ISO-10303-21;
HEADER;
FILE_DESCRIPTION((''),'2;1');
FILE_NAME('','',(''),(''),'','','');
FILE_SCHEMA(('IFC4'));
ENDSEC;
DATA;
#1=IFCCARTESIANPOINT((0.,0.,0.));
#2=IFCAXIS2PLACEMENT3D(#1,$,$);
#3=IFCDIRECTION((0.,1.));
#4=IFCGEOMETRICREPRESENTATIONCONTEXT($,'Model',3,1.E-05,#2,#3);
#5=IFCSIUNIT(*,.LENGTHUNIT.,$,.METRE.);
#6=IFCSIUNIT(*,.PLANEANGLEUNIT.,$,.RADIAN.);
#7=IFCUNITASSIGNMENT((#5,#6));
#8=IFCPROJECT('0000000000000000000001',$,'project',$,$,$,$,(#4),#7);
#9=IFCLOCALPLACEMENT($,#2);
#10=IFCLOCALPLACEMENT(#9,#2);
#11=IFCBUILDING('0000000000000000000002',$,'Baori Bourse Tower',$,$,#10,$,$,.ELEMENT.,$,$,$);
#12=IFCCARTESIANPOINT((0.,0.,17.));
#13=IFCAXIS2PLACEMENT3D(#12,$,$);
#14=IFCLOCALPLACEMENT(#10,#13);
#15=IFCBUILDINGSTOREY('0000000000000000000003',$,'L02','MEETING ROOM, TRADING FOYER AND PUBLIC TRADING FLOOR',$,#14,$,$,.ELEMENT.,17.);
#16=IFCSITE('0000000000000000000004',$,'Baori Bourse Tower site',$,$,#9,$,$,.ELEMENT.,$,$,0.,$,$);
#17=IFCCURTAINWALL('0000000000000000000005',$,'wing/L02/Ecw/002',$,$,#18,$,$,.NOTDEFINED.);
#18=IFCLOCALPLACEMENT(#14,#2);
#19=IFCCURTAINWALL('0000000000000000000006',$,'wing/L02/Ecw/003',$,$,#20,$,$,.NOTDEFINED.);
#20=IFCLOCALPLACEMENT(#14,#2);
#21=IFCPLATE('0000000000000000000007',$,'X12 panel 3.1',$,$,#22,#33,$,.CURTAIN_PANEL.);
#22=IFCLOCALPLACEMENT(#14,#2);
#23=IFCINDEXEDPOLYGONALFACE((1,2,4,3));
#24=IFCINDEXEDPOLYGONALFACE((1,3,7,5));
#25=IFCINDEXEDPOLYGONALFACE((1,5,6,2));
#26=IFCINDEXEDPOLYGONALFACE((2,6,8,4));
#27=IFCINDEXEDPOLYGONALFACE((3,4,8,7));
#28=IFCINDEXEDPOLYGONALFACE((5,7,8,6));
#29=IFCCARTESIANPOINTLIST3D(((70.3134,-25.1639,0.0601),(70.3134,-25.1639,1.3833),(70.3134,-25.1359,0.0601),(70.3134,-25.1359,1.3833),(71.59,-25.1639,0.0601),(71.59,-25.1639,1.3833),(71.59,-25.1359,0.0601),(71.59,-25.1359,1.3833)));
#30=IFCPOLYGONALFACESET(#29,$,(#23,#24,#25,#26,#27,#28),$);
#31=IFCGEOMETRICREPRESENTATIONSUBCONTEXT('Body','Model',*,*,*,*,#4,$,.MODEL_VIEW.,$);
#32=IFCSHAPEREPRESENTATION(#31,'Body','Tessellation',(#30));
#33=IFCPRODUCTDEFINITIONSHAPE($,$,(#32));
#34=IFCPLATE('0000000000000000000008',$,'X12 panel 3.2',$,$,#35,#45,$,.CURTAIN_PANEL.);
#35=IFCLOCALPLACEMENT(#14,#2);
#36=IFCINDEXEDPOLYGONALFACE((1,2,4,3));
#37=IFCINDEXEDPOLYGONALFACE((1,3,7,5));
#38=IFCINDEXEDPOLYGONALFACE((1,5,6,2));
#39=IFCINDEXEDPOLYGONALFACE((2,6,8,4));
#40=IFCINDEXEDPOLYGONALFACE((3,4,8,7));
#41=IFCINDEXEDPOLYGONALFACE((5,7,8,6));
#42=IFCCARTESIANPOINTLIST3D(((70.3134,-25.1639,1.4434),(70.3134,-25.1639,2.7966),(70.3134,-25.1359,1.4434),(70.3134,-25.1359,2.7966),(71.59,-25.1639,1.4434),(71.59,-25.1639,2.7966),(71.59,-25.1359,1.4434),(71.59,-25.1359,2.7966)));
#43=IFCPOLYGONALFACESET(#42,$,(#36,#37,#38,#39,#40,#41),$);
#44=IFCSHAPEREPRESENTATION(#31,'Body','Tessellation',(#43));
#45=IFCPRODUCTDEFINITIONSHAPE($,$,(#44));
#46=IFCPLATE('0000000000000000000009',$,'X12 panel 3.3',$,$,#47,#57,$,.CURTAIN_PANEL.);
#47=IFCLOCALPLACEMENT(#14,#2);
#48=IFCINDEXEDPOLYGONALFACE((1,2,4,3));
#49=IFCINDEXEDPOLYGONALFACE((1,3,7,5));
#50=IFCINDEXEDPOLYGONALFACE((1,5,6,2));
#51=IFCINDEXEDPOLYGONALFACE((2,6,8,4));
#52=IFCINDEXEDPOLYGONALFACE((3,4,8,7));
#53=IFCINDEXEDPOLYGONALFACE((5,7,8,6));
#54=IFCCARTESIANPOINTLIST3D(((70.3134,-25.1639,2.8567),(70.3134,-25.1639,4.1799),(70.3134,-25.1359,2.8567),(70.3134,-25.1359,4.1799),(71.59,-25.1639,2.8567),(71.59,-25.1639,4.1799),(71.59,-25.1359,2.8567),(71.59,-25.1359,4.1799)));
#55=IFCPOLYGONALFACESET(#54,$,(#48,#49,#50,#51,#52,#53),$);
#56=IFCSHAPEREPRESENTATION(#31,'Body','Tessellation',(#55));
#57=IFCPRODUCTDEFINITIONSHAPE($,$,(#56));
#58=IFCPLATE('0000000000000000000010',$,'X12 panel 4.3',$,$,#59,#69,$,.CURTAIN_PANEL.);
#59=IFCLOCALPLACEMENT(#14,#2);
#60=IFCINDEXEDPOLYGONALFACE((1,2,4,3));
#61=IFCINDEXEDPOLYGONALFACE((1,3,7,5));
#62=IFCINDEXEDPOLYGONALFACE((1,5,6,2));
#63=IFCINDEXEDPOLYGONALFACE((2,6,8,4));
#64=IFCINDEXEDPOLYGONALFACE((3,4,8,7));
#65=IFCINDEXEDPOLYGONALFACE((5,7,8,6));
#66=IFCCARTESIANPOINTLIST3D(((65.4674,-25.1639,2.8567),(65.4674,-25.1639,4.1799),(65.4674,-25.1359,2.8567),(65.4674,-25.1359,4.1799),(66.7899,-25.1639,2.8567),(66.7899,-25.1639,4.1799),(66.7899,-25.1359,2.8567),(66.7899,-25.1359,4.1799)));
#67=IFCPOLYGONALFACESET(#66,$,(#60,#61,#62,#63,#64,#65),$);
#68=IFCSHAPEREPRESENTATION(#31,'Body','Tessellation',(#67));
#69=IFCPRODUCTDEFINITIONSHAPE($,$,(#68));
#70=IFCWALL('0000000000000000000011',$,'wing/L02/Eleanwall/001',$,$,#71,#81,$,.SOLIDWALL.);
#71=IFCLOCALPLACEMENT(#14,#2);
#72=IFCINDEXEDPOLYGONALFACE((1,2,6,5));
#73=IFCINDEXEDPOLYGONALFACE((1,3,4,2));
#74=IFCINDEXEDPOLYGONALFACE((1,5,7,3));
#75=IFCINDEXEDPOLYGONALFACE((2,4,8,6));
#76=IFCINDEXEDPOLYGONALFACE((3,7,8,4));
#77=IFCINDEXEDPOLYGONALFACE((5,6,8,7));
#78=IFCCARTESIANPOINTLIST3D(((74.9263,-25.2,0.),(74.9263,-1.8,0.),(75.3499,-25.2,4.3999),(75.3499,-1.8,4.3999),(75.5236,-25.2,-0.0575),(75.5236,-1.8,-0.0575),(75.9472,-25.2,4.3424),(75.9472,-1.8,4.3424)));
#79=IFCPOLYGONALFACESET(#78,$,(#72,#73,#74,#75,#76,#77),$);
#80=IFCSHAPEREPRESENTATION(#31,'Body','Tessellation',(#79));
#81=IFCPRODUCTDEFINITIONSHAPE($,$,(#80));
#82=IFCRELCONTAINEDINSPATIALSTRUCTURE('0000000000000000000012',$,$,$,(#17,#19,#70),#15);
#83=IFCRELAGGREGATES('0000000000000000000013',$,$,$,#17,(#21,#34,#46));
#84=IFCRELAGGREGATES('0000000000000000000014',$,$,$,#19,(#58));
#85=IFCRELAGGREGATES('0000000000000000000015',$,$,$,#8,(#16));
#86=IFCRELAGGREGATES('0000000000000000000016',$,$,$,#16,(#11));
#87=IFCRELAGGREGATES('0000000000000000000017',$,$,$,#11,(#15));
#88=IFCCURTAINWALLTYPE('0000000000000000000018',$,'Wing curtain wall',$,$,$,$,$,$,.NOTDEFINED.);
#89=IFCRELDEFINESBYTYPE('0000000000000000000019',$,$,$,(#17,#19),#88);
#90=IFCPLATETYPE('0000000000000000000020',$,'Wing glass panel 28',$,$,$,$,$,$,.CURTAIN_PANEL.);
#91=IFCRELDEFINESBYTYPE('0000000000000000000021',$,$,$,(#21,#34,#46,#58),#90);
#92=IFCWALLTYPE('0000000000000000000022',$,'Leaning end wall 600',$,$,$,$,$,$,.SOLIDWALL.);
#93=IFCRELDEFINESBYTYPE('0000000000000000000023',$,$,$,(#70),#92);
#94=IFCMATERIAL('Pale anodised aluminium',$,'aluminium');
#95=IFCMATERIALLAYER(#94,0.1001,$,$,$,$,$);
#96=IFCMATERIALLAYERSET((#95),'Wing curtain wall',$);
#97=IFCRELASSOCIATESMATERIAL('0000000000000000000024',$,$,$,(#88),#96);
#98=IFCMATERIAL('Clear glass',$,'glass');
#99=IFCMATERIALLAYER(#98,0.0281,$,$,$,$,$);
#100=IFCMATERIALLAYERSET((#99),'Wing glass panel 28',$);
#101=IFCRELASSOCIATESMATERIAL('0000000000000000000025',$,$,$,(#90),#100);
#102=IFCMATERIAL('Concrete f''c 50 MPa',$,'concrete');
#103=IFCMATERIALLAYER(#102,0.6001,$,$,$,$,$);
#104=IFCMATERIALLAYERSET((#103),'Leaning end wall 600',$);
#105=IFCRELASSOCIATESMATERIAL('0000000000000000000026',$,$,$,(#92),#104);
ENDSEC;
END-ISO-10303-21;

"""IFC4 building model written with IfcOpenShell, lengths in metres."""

from ifc_helpers import new_model, si_unit, direction, frame, origin, origin_2d, place, context, subcontext, project, spatial, polyline, rectangle, outline, extrude, material, layer, layer_set, type_object, element, aggregate, save


model = new_model("IFC4")

# Units and contexts
model_context = context("Model", 3, precision=1e-05, world=origin(), true_north=direction((0.0, 1.0)))
body_context = subcontext(model_context, "Body", "Model", "MODEL_VIEW")
ifc_project = project(units=[si_unit("LENGTHUNIT", "METRE"), si_unit("PLANEANGLEUNIT", "RADIAN")], contexts=[model_context])

# Site, building, storey
site_placement = place(None, origin())
site = spatial("IfcSite", under=ifc_project, at=site_placement, Name="Baori Bourse Tower site", CompositionType="ELEMENT", RefElevation=0.0)
building_placement = place(site_placement, origin())
building = spatial("IfcBuilding", under=site, at=building_placement, Name="Baori Bourse Tower", CompositionType="ELEMENT")
storey_placement = place(building_placement, frame((0.0, 0.0, 17.0)))
storey = spatial("IfcBuildingStorey", under=building, at=storey_placement, Name="L02", Description="MEETING ROOM, TRADING FOYER AND PUBLIC TRADING FLOOR", CompositionType="ELEMENT", Elevation=17.0)

# Curtain wall
ifc_material_1 = material(Name="Pale anodised aluminium", Category="aluminium")
ifc_layer_1 = layer(ifc_material_1, 0.1001)
ifc_layer_set_1 = layer_set([ifc_layer_1], Name="Wing curtain wall")
curtain_wall_type = type_object("IfcCurtainWallType", Name="Wing curtain wall", PredefinedType="NOTDEFINED", material=ifc_layer_set_1)
curtain_wall_1_placement = place(storey_placement, origin())
curtain_wall_1 = element("IfcCurtainWall", 1, at=curtain_wall_1_placement, inside=storey, type_object=curtain_wall_type, Name="wing/L02/Ecw/002", PredefinedType="NOTDEFINED")

# Curtain wall
curtain_wall_2_placement = place(storey_placement, origin())
curtain_wall_2 = element("IfcCurtainWall", 2, at=curtain_wall_2_placement, inside=storey, type_object=curtain_wall_type, Name="wing/L02/Ecw/003", PredefinedType="NOTDEFINED")

# Plates
ifc_material_2 = material(Name="Clear glass", Category="glass")
ifc_layer_2 = layer(ifc_material_2, 0.0281)
ifc_layer_set_2 = layer_set([ifc_layer_2], Name="Wing glass panel 28")
plate_type = type_object("IfcPlateType", Name="Wing glass panel 28", PredefinedType="CURTAIN_PANEL", material=ifc_layer_set_2)
plate_1_placement = place(storey_placement, frame((70.9517, -25.1499, 0.0601), z_axis=(0.0, 0.0, 1.0), x_axis=(1.0, 0.0, 0.0)))
plate_1 = element("IfcPlate", 3, at=plate_1_placement, type_object=plate_type, Name="X12 panel 3.1", PredefinedType="CURTAIN_PANEL", context=body_context, shape_type="SweptSolid", body=[
    extrude(rectangle(XDim=1.2766, YDim=0.0281, at=origin_2d()), origin(), (0.0, 0.0, 1.0), 1.3232),
])
plate_2_placement = place(storey_placement, frame((70.9517, -25.1499, 1.4434), z_axis=(0.0, 0.0, 1.0), x_axis=(1.0, 0.0, 0.0)))
plate_2 = element("IfcPlate", 4, at=plate_2_placement, type_object=plate_type, Name="X12 panel 3.2", PredefinedType="CURTAIN_PANEL", context=body_context, shape_type="SweptSolid", body=[
    extrude(rectangle(XDim=1.2766, YDim=0.0281, at=origin_2d()), origin(), (0.0, 0.0, 1.0), 1.3533),
])
plate_3_placement = place(storey_placement, frame((70.9517, -25.1499, 2.8567), z_axis=(0.0, 0.0, 1.0), x_axis=(1.0, 0.0, 0.0)))
plate_3 = element("IfcPlate", 5, at=plate_3_placement, type_object=plate_type, Name="X12 panel 3.3", PredefinedType="CURTAIN_PANEL", context=body_context, shape_type="SweptSolid", body=[
    extrude(rectangle(XDim=1.2766, YDim=0.0281, at=origin_2d()), origin(), (0.0, 0.0, 1.0), 1.3232),
])
aggregate(curtain_wall_1, [plate_1, plate_2, plate_3])
plate_4_placement = place(storey_placement, frame((66.1287, -25.1499, 2.8567), z_axis=(0.0, 0.0, 1.0), x_axis=(1.0, 0.0, 0.0)))
plate_4 = element("IfcPlate", 6, at=plate_4_placement, type_object=plate_type, Name="X12 panel 4.3", PredefinedType="CURTAIN_PANEL", context=body_context, shape_type="SweptSolid", body=[
    extrude(rectangle(XDim=1.3225, YDim=0.0281, at=origin_2d()), origin(), (0.0, 0.0, 1.0), 1.3232),
])
aggregate(curtain_wall_2, [plate_4])

# Wall
ifc_material_3 = material(Name="Concrete f'c 50 MPa", Category="concrete")
ifc_layer_3 = layer(ifc_material_3, 0.6001)
ifc_layer_set_3 = layer_set([ifc_layer_3], Name="Leaning end wall 600")
wall_type = type_object("IfcWallType", Name="Leaning end wall 600", PredefinedType="SOLIDWALL", material=ifc_layer_set_3)
wall_placement = place(storey_placement, frame((74.9263, -25.2, 0.0), z_axis=(-0.995398, 0.0, 0.095828), x_axis=(0.0, 1.0, 0.0)))
element("IfcWall", 7, at=wall_placement, inside=storey, type_object=wall_type, Name="wing/L02/Eleanwall/001", PredefinedType="SOLIDWALL", context=body_context, shape_type="SweptSolid", body=[
    extrude(outline(polyline([(0.0, 0.0), (23.3999, 0.0), (23.3999, -4.4202), (0.0, -4.4202), (0.0, 0.0)])), origin(), (0.0, 0.0, -1.0), 0.6001),
])

save(model, "model.ifc")
